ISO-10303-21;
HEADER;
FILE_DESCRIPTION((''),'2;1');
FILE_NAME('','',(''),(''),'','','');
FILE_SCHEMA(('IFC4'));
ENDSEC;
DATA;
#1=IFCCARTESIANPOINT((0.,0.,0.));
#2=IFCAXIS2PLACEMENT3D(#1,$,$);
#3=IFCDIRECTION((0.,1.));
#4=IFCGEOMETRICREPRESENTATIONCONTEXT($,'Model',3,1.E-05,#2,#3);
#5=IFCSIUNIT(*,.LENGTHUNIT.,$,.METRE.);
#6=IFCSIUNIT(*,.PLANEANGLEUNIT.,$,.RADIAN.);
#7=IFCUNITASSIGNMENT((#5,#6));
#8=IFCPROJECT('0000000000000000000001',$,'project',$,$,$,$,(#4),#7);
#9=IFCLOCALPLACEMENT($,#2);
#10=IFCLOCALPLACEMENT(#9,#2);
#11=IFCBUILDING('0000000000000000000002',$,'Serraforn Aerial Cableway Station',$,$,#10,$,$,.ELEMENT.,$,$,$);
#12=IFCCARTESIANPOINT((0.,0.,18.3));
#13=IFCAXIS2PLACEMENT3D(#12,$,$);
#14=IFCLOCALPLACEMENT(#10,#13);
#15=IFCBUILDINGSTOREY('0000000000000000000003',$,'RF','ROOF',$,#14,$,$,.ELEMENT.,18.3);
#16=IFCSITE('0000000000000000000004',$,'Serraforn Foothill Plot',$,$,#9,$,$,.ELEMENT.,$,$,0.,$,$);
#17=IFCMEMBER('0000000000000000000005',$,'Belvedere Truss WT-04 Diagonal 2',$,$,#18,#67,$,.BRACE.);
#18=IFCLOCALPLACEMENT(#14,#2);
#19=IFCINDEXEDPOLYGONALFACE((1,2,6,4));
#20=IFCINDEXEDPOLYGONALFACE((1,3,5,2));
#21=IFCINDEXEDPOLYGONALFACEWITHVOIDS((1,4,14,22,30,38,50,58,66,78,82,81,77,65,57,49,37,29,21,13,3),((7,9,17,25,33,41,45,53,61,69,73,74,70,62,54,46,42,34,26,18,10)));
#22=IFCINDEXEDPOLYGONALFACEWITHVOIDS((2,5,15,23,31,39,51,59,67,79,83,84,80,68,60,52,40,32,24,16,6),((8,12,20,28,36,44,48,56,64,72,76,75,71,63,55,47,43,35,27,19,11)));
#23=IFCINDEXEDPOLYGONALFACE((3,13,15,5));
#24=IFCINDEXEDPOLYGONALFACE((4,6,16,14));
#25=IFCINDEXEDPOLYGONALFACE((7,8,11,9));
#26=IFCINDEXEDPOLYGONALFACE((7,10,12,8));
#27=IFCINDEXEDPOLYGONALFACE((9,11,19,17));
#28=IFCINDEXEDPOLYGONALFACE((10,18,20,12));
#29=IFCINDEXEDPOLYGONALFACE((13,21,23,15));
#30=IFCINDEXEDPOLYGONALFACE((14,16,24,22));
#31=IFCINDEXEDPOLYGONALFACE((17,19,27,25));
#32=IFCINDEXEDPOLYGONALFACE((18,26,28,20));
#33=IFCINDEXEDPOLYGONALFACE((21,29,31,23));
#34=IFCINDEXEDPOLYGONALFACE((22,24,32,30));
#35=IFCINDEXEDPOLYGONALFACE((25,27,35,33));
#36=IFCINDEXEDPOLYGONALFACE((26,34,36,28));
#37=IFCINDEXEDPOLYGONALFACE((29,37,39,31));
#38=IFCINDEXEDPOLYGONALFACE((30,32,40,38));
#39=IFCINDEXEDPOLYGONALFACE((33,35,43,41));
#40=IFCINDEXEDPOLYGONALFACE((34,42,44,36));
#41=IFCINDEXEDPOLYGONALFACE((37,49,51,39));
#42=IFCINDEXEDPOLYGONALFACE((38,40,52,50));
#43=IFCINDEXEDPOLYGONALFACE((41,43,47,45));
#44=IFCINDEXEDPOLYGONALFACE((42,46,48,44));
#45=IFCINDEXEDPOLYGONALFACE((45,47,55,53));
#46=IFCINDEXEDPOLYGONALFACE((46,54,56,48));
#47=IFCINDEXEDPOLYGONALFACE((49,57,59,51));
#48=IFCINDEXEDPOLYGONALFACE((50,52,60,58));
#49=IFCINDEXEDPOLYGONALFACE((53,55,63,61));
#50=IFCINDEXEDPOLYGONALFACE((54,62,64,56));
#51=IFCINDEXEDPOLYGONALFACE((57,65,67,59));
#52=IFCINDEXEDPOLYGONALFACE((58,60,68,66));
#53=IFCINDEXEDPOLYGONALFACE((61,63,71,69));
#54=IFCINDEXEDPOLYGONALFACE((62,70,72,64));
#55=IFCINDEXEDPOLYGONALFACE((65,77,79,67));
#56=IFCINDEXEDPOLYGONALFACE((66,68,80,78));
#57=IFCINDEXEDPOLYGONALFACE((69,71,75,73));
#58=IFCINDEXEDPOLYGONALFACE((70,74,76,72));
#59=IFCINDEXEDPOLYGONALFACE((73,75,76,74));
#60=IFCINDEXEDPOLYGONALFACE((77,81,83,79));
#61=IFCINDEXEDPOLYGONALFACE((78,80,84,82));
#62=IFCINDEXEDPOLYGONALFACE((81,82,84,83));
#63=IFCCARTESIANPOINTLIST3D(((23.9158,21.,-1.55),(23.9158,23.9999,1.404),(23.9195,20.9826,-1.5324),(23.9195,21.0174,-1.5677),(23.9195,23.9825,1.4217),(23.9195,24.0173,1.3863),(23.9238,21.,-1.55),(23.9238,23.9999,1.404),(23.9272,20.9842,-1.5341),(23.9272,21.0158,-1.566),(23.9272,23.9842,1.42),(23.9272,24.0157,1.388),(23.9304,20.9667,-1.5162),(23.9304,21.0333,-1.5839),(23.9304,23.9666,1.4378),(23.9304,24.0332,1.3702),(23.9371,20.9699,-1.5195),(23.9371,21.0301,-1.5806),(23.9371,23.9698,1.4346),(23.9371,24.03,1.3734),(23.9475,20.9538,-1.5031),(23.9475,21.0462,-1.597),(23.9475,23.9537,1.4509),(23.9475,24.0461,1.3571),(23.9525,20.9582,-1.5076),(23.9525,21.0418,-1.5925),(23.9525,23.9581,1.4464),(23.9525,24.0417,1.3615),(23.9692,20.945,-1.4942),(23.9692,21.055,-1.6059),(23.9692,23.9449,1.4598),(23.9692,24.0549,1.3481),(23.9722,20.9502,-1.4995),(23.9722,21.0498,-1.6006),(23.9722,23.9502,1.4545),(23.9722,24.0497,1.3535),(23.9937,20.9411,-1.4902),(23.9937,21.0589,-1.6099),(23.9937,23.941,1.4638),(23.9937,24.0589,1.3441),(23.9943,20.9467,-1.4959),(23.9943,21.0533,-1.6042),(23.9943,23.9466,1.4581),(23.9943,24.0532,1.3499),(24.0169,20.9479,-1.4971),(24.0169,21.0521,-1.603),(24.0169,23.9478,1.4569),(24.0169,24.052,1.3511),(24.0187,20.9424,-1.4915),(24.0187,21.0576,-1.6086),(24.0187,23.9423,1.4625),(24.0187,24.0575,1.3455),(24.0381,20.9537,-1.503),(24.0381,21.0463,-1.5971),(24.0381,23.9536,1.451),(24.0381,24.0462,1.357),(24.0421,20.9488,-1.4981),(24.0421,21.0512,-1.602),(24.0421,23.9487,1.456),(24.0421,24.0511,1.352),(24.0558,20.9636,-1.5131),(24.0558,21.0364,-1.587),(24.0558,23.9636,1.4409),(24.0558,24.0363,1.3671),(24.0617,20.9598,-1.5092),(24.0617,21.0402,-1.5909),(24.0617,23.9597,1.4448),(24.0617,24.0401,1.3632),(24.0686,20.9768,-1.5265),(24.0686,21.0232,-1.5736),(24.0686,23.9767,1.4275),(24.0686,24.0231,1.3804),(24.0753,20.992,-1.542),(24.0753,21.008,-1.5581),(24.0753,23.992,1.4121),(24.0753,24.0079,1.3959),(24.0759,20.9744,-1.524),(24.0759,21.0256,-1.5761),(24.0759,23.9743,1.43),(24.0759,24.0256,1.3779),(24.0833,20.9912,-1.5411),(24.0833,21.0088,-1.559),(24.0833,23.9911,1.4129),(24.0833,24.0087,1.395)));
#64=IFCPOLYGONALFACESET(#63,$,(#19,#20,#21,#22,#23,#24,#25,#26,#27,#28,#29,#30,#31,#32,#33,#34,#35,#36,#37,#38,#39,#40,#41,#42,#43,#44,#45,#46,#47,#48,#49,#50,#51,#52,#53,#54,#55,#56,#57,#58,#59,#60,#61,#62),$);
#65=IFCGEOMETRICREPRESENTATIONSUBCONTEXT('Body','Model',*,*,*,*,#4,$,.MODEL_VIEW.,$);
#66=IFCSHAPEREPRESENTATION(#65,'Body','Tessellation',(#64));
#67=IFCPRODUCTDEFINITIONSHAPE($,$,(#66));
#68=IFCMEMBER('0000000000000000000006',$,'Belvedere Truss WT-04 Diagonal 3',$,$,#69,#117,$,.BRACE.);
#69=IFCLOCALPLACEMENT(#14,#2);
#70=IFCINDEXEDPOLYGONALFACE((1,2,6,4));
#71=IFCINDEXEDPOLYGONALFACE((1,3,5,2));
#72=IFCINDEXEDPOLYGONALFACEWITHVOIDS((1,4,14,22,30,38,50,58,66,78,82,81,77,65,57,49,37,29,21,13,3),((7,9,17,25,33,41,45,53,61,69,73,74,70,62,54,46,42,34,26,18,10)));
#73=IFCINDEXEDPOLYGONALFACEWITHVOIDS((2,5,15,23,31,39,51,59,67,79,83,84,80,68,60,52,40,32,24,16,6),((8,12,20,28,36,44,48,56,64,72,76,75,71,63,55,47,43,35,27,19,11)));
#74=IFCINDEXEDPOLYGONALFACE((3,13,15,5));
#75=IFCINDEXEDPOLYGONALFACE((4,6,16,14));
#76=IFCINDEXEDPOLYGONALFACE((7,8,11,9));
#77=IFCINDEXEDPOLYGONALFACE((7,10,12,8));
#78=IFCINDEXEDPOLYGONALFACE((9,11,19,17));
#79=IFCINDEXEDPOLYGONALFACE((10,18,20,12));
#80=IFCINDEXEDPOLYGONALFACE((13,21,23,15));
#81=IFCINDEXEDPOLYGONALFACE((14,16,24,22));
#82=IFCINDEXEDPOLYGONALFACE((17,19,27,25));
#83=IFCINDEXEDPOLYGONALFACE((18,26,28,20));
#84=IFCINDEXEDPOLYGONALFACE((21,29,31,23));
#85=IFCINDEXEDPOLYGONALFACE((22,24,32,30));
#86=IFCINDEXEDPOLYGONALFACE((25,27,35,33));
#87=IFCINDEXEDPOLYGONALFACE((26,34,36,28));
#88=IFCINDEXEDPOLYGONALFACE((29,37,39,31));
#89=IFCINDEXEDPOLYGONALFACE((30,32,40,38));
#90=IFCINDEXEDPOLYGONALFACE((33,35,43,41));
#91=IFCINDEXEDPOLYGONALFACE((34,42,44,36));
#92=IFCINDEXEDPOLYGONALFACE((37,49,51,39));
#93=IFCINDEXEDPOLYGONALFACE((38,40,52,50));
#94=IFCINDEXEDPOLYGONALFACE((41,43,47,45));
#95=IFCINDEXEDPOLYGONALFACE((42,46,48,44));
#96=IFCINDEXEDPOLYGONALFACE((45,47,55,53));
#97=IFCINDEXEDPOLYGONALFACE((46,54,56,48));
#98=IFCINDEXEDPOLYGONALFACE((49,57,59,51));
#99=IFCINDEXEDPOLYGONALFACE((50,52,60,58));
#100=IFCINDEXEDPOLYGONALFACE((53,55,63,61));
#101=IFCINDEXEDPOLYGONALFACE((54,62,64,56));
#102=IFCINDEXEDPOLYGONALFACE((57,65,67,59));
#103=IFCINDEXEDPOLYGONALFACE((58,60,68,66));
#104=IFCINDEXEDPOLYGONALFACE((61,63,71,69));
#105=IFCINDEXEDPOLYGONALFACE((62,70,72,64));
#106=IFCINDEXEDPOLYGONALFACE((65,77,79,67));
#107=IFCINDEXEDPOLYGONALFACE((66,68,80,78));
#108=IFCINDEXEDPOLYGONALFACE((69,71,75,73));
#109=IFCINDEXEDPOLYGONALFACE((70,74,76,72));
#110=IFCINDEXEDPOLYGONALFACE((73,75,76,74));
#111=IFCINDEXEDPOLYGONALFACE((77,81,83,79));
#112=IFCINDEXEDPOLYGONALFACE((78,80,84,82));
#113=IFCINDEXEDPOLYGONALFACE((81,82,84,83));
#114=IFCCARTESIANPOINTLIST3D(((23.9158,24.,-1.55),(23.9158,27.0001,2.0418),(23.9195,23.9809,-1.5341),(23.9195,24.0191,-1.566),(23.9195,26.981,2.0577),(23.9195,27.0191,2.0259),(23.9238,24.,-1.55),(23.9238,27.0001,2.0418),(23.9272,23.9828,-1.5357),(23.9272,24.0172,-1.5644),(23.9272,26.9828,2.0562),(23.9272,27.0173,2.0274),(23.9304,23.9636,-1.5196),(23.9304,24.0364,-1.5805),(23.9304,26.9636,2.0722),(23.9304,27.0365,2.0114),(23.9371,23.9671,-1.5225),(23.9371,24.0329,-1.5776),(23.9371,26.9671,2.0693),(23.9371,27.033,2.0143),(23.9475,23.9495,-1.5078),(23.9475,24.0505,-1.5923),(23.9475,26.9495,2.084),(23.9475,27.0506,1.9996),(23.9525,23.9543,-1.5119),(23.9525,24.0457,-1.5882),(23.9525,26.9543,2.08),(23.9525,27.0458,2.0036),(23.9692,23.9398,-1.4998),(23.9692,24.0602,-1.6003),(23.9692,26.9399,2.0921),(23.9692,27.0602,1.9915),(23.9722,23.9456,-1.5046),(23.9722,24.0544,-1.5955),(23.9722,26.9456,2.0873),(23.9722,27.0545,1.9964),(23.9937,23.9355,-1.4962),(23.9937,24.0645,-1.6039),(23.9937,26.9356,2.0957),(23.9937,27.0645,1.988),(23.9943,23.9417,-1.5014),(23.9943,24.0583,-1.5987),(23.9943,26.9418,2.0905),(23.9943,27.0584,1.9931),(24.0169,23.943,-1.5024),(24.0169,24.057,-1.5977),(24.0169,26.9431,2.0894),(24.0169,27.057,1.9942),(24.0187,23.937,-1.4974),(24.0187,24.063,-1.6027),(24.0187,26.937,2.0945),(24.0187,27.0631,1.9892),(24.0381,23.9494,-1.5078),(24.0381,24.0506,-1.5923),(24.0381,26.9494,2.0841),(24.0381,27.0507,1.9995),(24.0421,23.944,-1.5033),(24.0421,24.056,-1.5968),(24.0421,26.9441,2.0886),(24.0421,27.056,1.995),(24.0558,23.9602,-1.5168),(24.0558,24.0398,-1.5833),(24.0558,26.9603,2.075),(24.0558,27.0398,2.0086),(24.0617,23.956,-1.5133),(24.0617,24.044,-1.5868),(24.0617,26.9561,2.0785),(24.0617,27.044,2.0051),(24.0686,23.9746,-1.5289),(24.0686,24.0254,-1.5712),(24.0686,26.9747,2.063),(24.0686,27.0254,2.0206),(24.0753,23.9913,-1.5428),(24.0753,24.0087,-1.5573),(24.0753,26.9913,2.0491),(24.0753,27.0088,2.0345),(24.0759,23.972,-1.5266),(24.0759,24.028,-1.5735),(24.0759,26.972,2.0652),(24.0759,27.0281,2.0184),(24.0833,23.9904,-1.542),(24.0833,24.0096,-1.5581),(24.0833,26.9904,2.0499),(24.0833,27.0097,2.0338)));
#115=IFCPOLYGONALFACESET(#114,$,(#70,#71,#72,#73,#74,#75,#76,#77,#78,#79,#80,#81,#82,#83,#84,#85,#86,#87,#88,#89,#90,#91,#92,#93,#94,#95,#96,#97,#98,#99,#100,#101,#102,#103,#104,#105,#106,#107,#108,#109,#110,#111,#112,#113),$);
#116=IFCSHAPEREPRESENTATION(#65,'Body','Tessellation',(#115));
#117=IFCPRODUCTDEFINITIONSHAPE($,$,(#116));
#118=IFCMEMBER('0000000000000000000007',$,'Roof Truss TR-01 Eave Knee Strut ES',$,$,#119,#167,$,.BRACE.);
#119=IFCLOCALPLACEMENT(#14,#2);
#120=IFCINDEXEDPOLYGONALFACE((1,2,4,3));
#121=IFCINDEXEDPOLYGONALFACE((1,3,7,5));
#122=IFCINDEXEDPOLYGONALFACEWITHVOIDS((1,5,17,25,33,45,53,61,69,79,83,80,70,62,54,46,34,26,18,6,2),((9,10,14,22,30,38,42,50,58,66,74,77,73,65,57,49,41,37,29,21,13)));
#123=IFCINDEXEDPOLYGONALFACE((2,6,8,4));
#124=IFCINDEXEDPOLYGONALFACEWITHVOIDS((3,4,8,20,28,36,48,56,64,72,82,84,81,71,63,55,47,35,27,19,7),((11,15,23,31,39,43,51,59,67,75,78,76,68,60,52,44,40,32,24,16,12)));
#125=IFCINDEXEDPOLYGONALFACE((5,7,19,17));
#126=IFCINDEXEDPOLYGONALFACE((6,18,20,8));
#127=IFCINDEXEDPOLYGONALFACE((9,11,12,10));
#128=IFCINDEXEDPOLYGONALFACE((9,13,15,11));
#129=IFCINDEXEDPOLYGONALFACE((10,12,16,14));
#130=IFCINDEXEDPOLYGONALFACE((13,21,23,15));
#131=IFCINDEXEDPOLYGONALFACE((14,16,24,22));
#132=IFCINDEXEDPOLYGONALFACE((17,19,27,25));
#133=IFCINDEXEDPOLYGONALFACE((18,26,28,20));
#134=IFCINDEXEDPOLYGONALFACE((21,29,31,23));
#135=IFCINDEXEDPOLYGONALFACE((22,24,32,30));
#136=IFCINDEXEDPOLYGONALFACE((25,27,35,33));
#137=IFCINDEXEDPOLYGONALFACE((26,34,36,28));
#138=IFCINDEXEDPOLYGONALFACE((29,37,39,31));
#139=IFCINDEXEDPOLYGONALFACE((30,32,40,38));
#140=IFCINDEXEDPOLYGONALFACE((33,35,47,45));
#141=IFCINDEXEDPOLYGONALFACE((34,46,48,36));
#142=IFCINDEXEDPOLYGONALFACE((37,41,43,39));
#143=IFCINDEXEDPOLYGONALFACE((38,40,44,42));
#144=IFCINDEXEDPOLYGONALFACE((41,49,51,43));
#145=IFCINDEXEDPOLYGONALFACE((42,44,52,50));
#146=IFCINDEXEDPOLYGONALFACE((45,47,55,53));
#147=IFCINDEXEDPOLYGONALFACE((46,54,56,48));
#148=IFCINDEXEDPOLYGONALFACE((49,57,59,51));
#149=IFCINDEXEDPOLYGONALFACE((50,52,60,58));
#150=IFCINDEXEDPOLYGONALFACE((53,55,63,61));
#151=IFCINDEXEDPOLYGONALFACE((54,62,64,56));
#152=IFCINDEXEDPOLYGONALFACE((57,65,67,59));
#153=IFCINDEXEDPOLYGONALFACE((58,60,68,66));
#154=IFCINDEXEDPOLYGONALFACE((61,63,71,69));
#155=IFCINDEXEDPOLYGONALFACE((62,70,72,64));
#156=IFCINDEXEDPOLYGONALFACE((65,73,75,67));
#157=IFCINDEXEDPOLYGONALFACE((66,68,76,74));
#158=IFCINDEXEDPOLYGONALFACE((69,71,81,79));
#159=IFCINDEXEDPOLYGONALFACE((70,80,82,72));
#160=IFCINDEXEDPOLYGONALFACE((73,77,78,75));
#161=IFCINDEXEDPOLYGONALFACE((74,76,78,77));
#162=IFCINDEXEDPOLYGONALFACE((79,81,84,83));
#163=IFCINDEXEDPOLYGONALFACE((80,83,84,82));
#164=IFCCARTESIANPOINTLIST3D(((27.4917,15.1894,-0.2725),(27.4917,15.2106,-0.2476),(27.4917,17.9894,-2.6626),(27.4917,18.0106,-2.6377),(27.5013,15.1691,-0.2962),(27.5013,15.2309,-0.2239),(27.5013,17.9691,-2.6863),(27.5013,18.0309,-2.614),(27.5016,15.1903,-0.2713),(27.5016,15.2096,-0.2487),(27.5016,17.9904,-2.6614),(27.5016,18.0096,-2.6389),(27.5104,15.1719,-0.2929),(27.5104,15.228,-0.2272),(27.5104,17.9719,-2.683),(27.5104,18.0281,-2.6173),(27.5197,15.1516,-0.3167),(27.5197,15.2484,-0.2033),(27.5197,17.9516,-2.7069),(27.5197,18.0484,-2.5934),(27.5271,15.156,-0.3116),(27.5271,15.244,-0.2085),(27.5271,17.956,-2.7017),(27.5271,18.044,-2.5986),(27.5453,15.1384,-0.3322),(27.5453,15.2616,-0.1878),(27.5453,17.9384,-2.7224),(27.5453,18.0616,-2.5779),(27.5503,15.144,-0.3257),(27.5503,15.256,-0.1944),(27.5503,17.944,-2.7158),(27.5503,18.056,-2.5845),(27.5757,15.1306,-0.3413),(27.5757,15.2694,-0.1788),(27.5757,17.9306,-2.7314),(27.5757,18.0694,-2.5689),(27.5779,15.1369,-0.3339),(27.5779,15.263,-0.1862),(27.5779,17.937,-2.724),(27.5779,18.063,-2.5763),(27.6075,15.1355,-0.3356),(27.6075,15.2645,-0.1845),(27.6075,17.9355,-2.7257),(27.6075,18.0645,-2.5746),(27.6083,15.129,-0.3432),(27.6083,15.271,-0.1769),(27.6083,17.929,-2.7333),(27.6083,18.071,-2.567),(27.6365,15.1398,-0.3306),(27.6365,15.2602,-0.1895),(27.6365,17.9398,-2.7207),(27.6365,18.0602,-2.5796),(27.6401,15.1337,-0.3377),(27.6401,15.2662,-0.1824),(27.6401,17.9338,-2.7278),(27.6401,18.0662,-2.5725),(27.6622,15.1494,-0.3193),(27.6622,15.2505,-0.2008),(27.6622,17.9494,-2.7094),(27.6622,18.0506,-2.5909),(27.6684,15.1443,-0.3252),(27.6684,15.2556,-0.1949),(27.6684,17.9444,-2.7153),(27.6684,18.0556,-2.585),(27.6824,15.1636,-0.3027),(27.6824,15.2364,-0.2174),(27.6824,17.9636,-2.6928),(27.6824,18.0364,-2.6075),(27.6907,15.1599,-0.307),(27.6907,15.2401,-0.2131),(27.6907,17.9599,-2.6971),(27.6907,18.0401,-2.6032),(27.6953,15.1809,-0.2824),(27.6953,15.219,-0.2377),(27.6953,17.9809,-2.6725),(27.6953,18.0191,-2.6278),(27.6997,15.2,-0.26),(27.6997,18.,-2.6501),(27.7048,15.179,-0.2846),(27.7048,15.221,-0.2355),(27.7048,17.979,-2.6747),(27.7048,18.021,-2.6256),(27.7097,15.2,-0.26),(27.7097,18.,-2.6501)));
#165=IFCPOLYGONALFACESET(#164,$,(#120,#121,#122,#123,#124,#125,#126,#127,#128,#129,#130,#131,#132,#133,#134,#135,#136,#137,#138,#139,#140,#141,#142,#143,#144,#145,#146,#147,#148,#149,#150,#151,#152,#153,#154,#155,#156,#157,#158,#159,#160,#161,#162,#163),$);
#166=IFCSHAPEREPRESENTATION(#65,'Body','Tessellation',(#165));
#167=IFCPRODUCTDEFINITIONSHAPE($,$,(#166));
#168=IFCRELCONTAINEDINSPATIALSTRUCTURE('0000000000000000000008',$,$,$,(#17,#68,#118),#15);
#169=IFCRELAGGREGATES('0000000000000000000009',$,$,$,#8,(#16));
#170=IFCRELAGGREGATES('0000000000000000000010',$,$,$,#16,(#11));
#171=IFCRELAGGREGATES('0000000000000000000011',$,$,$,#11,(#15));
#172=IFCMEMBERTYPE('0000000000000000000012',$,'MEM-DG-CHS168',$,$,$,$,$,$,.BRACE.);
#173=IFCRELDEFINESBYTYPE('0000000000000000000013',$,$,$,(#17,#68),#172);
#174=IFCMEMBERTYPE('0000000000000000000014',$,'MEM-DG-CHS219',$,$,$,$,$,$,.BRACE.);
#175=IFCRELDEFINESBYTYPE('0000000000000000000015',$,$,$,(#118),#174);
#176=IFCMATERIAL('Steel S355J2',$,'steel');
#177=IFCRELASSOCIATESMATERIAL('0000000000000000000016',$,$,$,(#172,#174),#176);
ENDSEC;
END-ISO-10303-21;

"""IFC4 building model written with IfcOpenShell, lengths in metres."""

from ifc_helpers import new_model, si_unit, direction, frame, origin, origin_2d, place, context, subcontext, project, spatial, hollow_circle, extrude, material, material_profile, profile_set, type_object, element, save


model = new_model("IFC4")

# Units and contexts
model_context = context("Model", 3, precision=1e-05, world=origin(), true_north=direction((0.0, 1.0)))
body_context = subcontext(model_context, "Body", "Model", "MODEL_VIEW")
ifc_project = project(units=[si_unit("LENGTHUNIT", "METRE"), si_unit("PLANEANGLEUNIT", "RADIAN")], contexts=[model_context])

# Site, building, storey
site_placement = place(None, origin())
site = spatial("IfcSite", under=ifc_project, at=site_placement, Name="Serraforn Foothill Plot", CompositionType="ELEMENT", RefElevation=0.0)
building_placement = place(site_placement, origin())
building = spatial("IfcBuilding", under=site, at=building_placement, Name="Serraforn Aerial Cableway Station", CompositionType="ELEMENT")
storey_placement = place(building_placement, frame((0.0, 0.0, 18.3)))
storey = spatial("IfcBuildingStorey", under=building, at=storey_placement, Name="RF", Description="ROOF", CompositionType="ELEMENT", Elevation=18.3)

# Shared definitions
ifc_material = material(Name="Steel S355J2", Category="steel")

# Members
ifc_material_profile_1 = material_profile(ifc_material, hollow_circle(Radius=0.0842, WallThickness=0.0081, at=origin_2d()), Name="CHS 168.3x8.0")
ifc_profile_set_1 = profile_set([ifc_material_profile_1], Name="Steel S355J2")
member_type_1 = type_object("IfcMemberType", Name="MEM-DG-CHS168", PredefinedType="BRACE", material=ifc_profile_set_1)
member_1_placement = place(storey_placement, frame((24.0, 21.0, -1.55), z_axis=(0.0, 0.712536, 0.701635), x_axis=(-1.0, 0.0, 0.0)))
element("IfcMember", 1, at=member_1_placement, inside=storey, type_object=member_type_1, Name="Belvedere Truss WT-04 Diagonal 2", PredefinedType="BRACE", context=body_context, shape_type="SweptSolid", body=[
    extrude(hollow_circle(Radius=0.0842, WallThickness=0.0081, at=origin_2d()), origin(), (0.0, 0.0, 1.0), 4.2102),
])
member_2_placement = place(storey_placement, frame((24.0, 24.0, -1.55), z_axis=(0.0, 0.641046, 0.767502), x_axis=(-1.0, 0.0, 0.0)))
element("IfcMember", 2, at=member_2_placement, inside=storey, type_object=member_type_1, Name="Belvedere Truss WT-04 Diagonal 3", PredefinedType="BRACE", context=body_context, shape_type="SweptSolid", body=[
    extrude(hollow_circle(Radius=0.0842, WallThickness=0.0081, at=origin_2d()), origin(), (0.0, 0.0, 1.0), 4.6799),
])
ifc_material_profile_2 = material_profile(ifc_material, hollow_circle(Radius=0.1096, WallThickness=0.01, at=origin_2d()), Name="CHS 219.1x10.0")
ifc_profile_set_2 = profile_set([ifc_material_profile_2], Name="Steel S355J2")
member_type_2 = type_object("IfcMemberType", Name="MEM-DG-CHS219", PredefinedType="BRACE", material=ifc_profile_set_2)
member_3_placement = place(storey_placement, frame((27.6001, 18.0, -2.6501), z_axis=(0.0, -0.760584, 0.649239), x_axis=(1.0, 0.0, 0.0)))
element("IfcMember", 3, at=member_3_placement, inside=storey, type_object=member_type_2, Name="Roof Truss TR-01 Eave Knee Strut ES", PredefinedType="BRACE", context=body_context, shape_type="SweptSolid", body=[
    extrude(hollow_circle(Radius=0.1096, WallThickness=0.01, at=origin_2d()), origin(), (0.0, 0.0, 1.0), 3.6814),
])

save(model, "model.ifc")
